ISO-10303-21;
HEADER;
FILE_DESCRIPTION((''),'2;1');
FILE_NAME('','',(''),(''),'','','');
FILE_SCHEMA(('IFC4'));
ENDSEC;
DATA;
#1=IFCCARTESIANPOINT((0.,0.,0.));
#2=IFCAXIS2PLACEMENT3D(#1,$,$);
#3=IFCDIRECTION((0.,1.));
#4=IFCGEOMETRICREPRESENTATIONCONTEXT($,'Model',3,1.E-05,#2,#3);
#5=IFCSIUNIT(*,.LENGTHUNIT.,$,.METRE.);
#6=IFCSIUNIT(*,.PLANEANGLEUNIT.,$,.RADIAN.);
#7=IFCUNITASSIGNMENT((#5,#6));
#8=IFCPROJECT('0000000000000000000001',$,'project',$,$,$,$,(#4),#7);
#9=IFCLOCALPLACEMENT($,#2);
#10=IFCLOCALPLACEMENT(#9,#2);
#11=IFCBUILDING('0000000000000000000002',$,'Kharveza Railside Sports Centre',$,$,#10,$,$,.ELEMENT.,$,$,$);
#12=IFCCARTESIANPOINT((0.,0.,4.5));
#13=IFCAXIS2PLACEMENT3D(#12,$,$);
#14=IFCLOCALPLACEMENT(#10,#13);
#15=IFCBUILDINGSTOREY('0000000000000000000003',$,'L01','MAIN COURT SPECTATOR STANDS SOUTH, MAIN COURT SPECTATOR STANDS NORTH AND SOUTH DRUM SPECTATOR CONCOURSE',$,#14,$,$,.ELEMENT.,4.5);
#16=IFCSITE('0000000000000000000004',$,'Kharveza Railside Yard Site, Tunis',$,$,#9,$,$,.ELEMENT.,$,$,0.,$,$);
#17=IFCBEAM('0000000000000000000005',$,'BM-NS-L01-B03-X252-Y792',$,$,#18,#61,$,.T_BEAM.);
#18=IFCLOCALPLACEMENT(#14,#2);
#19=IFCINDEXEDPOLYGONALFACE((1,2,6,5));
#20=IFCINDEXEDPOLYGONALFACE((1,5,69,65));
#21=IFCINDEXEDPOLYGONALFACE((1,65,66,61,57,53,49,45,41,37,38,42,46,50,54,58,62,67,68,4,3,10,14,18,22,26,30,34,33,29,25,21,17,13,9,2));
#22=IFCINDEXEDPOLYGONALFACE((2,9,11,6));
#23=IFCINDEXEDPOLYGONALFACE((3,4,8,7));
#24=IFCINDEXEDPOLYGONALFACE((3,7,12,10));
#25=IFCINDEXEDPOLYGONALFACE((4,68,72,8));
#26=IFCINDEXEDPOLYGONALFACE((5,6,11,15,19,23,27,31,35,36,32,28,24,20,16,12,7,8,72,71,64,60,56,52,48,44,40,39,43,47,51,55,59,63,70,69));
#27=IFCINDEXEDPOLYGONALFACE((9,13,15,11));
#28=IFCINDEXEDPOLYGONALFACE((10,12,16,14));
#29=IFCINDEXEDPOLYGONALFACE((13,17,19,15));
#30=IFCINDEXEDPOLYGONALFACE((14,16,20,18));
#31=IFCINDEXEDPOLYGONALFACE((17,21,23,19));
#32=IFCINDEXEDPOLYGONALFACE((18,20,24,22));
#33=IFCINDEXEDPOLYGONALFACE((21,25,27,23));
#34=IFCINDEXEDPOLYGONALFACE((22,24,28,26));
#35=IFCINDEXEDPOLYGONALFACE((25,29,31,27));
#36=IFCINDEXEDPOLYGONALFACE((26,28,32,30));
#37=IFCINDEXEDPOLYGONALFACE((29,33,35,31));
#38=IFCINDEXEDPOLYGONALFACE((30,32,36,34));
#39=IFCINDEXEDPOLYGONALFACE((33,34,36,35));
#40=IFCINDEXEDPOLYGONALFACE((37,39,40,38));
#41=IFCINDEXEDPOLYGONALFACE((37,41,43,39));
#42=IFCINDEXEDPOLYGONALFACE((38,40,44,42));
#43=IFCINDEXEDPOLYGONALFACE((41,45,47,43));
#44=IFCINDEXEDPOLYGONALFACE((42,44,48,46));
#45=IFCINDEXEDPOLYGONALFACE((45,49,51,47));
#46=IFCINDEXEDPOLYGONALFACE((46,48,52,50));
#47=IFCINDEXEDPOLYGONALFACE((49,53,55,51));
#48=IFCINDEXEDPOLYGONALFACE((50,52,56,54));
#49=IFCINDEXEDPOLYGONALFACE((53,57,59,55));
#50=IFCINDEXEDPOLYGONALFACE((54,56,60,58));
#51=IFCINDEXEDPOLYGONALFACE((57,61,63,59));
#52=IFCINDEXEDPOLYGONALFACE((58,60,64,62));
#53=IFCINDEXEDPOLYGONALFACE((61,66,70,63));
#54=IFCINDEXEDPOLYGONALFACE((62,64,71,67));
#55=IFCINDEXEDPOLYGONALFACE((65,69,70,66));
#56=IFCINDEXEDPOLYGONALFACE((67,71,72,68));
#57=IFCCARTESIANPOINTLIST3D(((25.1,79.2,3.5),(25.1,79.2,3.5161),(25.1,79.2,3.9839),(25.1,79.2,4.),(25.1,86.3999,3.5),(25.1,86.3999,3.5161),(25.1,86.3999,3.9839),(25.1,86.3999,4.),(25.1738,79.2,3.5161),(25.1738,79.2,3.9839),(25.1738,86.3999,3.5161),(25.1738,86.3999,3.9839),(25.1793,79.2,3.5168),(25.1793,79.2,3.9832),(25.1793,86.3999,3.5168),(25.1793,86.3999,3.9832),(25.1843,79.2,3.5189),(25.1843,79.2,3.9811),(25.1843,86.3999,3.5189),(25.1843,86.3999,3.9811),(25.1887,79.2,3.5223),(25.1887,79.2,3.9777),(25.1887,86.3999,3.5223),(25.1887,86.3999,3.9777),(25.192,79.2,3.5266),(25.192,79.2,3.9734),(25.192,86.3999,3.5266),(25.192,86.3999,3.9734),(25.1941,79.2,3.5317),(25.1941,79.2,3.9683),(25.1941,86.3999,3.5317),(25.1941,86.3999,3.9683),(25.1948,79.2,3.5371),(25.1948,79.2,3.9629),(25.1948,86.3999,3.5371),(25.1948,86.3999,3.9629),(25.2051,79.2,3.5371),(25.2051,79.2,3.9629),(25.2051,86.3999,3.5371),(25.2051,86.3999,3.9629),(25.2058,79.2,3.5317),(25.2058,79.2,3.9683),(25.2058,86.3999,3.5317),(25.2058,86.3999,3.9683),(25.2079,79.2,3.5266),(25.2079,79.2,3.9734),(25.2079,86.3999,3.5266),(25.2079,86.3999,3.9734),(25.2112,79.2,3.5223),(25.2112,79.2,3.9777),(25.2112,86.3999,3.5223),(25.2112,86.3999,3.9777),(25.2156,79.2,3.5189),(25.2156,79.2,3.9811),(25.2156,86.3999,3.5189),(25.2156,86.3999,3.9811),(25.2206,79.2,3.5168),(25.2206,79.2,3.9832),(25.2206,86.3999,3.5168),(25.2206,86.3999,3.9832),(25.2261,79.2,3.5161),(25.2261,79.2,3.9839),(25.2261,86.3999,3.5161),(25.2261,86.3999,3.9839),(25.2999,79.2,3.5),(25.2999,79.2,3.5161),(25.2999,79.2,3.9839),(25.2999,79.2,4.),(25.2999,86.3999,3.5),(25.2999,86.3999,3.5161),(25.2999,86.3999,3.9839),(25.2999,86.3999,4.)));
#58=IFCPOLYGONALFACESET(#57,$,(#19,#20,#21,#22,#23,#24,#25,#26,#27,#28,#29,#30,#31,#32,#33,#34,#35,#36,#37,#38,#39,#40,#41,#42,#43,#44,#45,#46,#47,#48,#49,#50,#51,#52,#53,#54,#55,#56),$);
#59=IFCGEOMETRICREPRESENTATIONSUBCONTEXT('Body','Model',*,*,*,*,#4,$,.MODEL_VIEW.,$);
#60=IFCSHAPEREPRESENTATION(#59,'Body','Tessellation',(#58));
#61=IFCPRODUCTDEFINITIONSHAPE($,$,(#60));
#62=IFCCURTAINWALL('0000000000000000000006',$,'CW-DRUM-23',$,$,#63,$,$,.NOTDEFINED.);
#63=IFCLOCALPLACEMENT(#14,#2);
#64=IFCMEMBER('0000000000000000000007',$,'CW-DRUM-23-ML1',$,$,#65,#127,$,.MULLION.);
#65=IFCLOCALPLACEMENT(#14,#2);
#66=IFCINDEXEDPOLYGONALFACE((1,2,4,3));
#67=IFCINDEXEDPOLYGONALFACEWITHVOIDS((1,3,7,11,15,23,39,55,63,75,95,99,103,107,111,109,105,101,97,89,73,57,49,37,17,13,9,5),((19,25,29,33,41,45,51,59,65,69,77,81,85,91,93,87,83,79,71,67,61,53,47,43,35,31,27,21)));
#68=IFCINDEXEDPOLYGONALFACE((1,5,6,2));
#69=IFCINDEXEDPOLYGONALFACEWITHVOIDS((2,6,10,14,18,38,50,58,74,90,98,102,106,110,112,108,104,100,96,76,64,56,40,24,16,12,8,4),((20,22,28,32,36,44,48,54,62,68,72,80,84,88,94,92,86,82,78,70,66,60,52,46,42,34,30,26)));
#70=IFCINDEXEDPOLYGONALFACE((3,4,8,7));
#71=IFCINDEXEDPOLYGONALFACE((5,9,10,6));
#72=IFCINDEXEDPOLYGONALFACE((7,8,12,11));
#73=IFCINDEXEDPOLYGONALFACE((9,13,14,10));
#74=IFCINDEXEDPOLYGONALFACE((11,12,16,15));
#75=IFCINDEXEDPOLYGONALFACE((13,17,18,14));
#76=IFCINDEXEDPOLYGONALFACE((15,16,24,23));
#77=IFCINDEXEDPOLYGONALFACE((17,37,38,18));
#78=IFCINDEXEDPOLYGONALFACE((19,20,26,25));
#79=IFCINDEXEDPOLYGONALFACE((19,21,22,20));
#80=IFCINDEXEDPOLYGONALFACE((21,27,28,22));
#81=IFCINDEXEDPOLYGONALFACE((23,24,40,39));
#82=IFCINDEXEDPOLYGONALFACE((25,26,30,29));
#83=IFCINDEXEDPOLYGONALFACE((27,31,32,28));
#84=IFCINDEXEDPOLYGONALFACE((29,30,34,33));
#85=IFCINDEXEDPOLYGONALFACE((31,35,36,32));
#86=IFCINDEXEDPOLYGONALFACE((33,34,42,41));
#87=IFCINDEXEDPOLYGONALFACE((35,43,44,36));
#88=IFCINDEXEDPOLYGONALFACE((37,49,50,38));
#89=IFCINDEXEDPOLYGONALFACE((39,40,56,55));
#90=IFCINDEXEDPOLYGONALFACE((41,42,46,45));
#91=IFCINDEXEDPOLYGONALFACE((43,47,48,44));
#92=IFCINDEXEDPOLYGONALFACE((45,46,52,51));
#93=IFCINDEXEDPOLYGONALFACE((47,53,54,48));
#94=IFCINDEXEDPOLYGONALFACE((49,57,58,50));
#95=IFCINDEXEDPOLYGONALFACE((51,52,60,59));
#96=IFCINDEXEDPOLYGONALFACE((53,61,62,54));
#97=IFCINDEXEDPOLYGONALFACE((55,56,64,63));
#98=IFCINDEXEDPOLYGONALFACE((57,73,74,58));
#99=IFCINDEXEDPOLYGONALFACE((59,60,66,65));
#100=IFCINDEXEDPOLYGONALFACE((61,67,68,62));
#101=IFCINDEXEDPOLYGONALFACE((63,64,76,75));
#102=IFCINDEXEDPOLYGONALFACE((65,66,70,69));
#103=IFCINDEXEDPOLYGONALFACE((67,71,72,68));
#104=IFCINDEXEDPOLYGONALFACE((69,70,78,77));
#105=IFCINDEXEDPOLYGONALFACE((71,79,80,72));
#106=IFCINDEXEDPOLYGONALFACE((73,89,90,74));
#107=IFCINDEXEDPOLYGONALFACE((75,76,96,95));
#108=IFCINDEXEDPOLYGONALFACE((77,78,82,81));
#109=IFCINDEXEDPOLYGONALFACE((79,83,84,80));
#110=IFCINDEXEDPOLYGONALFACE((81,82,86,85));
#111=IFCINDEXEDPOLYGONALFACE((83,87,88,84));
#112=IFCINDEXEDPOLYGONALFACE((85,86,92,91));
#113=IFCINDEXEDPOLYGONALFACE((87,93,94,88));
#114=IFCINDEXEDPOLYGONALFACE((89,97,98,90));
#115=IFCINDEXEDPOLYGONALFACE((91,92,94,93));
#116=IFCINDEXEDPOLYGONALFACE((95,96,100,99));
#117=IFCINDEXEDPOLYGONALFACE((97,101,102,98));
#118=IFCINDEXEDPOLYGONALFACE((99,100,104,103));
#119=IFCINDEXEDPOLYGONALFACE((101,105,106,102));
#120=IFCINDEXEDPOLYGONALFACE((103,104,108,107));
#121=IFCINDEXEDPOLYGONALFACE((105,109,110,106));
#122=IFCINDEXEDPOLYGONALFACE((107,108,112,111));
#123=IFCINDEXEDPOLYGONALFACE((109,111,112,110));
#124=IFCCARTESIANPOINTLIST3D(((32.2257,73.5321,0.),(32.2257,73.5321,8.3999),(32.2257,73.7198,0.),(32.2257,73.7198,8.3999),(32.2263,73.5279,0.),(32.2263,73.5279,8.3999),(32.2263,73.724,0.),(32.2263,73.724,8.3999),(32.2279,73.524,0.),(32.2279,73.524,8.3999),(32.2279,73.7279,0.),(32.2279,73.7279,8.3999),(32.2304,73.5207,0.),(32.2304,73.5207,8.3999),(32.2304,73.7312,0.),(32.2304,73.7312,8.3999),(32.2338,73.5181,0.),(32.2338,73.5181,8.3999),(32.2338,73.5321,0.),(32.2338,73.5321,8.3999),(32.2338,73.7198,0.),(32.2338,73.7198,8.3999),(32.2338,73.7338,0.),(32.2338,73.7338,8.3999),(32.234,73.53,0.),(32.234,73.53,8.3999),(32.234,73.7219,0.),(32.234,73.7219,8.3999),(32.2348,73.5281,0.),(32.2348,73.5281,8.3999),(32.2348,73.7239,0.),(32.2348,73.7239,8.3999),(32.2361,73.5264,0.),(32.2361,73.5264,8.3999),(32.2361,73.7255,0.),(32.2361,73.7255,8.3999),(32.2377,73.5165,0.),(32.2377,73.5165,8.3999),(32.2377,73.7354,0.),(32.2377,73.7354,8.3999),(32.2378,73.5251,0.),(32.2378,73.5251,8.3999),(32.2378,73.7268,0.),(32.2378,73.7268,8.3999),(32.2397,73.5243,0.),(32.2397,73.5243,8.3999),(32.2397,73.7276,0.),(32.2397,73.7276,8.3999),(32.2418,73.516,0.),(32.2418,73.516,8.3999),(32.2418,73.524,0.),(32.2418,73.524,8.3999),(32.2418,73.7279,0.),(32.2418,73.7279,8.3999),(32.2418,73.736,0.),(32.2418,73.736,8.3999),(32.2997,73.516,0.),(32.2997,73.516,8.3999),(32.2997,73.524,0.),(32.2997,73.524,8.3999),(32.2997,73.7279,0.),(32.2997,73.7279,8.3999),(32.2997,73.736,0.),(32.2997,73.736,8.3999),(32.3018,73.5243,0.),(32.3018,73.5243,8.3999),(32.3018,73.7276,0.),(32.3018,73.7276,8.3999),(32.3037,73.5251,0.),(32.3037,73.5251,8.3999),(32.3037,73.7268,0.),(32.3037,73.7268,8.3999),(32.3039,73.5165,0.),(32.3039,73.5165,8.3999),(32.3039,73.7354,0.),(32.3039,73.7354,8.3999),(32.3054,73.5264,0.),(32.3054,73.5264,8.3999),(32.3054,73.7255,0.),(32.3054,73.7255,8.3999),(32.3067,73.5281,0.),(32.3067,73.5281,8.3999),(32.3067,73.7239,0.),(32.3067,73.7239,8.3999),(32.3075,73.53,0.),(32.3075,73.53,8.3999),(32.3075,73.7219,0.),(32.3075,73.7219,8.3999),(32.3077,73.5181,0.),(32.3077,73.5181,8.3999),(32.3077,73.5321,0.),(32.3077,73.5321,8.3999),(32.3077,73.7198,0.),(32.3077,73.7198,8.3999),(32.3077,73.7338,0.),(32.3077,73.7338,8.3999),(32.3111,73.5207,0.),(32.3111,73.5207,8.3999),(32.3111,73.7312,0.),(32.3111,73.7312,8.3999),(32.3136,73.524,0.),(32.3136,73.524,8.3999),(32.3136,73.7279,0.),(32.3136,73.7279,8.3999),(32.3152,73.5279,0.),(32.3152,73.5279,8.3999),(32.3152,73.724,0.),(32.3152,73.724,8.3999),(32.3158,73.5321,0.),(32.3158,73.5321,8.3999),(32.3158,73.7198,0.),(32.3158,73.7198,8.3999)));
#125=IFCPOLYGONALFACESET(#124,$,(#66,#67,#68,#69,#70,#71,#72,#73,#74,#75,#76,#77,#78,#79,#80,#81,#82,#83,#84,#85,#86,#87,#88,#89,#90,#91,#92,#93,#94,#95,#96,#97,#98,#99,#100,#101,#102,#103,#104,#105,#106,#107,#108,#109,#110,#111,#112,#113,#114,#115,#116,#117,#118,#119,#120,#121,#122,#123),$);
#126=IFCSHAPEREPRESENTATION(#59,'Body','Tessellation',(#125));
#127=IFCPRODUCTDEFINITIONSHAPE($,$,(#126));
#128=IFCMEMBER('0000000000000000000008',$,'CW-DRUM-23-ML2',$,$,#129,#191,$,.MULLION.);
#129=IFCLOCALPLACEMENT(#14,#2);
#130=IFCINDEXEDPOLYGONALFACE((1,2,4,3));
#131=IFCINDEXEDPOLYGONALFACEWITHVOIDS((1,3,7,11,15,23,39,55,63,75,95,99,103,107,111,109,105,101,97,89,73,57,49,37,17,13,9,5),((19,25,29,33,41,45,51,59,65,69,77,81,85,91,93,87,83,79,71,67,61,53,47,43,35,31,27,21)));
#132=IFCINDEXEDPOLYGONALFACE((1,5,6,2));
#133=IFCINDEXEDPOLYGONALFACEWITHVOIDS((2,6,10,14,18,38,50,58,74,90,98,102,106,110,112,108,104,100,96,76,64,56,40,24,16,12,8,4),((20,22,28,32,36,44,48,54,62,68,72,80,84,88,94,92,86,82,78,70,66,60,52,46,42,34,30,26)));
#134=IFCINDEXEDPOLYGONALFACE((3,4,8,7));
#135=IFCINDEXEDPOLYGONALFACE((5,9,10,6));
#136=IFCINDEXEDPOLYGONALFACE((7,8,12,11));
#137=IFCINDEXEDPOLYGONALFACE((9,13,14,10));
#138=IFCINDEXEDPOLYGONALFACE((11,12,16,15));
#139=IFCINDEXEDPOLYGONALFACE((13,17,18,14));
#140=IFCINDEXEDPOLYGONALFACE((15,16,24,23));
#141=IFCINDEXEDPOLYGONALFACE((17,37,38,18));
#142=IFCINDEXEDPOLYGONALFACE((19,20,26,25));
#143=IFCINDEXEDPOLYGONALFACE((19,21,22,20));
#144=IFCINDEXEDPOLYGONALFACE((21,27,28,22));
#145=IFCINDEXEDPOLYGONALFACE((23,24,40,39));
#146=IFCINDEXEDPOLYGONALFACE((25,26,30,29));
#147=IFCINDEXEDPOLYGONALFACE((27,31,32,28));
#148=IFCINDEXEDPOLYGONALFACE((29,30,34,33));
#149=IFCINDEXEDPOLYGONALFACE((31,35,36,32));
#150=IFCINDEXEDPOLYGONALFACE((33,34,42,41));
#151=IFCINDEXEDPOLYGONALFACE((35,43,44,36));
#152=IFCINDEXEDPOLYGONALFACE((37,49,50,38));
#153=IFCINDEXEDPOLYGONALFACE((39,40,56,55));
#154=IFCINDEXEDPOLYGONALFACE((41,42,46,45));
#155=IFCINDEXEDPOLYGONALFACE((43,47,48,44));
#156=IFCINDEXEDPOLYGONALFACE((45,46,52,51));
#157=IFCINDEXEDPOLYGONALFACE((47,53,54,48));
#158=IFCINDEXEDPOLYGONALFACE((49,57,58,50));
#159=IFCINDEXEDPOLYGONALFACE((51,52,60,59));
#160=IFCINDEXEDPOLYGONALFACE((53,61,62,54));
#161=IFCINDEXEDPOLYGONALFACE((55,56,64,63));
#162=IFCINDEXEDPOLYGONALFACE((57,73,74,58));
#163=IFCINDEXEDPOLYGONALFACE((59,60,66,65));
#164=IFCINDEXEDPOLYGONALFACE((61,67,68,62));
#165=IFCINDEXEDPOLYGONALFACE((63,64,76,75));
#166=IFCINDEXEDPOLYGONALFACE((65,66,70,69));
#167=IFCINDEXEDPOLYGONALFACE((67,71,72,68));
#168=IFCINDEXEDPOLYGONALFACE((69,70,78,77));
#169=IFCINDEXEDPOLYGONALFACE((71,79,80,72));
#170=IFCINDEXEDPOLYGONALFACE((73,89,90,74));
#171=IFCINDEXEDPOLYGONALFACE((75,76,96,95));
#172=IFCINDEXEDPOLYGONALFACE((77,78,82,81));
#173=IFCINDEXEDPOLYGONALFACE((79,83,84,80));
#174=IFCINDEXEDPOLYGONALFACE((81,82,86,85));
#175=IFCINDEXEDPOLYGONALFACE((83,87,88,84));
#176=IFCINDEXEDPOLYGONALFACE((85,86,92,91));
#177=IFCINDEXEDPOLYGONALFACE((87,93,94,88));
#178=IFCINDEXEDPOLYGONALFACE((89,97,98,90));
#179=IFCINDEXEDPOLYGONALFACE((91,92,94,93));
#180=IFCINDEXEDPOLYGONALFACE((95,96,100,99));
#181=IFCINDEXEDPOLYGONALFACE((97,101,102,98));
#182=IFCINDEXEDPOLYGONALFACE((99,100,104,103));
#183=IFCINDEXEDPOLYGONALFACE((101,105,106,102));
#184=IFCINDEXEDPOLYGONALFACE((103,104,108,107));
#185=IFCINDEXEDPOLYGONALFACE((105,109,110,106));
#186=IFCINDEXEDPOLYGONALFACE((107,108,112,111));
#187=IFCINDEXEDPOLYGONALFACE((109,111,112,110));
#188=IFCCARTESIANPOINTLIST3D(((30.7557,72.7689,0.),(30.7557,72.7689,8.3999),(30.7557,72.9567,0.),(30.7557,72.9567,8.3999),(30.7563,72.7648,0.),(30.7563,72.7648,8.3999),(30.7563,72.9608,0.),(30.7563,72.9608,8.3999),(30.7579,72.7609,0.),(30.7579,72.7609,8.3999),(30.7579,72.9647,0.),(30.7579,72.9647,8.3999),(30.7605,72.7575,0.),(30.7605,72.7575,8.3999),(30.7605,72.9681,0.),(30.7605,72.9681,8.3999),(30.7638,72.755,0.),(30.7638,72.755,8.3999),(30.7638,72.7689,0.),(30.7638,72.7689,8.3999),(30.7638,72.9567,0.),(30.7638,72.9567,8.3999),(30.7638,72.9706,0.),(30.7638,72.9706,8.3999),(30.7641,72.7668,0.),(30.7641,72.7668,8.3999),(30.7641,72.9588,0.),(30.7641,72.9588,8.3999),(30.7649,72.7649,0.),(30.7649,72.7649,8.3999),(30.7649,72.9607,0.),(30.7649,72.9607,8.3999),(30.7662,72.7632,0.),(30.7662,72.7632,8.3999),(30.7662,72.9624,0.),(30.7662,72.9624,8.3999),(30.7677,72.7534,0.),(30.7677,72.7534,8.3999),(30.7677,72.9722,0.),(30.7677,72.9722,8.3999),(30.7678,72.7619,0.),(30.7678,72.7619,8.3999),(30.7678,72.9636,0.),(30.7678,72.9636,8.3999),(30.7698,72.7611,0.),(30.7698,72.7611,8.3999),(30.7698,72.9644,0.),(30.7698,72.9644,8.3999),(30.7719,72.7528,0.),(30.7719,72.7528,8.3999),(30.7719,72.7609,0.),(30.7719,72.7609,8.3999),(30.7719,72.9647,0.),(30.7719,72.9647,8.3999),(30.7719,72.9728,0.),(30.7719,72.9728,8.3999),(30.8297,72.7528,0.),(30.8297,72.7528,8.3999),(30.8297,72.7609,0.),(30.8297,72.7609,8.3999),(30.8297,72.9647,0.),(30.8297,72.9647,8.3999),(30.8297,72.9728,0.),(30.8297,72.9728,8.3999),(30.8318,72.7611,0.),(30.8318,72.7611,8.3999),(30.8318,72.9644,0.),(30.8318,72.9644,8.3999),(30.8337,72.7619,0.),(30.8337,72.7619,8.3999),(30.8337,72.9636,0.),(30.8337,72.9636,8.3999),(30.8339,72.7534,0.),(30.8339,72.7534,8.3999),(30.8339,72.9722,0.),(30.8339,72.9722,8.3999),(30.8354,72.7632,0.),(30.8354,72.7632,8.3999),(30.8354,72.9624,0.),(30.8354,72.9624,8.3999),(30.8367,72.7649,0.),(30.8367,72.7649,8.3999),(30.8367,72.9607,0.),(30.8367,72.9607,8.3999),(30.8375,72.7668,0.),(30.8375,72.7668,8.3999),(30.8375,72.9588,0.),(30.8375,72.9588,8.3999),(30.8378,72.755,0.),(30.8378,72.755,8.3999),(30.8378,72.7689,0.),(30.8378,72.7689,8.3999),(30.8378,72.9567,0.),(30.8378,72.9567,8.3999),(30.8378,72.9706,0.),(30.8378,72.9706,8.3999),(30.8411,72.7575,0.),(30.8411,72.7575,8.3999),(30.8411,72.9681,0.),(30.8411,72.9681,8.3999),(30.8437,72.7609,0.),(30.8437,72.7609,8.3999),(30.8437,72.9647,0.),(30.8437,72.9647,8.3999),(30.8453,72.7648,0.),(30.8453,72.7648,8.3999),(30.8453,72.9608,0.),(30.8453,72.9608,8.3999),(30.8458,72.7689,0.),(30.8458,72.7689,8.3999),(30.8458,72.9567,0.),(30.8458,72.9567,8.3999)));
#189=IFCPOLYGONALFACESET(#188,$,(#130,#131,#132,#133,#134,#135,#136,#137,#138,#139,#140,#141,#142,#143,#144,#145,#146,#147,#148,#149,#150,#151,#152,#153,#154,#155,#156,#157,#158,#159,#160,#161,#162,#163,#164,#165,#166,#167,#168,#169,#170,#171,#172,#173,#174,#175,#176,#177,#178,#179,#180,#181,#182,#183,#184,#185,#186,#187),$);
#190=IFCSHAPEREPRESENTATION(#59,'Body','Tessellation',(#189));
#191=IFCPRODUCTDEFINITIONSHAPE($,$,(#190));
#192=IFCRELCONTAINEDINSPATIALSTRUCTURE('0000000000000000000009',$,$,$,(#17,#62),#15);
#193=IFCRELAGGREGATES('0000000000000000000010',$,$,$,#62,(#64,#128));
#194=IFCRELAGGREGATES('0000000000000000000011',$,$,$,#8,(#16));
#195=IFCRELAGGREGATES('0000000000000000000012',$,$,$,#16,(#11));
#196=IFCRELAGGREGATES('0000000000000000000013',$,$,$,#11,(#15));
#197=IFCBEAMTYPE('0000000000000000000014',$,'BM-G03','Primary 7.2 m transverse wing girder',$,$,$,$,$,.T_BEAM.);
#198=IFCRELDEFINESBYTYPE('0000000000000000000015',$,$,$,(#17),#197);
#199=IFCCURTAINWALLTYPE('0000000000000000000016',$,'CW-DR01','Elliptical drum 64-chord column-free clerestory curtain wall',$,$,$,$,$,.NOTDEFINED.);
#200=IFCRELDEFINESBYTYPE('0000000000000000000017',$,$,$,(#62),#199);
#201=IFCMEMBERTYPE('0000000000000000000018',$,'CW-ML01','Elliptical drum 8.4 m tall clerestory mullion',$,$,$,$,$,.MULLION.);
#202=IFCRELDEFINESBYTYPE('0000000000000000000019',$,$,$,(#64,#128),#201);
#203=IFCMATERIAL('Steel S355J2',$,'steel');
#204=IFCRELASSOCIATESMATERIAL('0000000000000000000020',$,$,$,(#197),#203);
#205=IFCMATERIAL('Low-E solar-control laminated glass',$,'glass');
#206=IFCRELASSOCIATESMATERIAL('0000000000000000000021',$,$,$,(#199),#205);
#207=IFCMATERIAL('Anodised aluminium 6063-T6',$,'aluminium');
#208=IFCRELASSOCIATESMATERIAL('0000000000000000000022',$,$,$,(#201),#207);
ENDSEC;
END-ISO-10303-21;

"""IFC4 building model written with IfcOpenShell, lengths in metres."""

from ifc_helpers import new_model, si_unit, direction, frame, origin, origin_2d, place, context, subcontext, project, spatial, hollow_rectangle, i_section, extrude, material, material_profile, profile_set, type_object, element, aggregate, save


model = new_model("IFC4")

# Units and contexts
model_context = context("Model", 3, precision=1e-05, world=origin(), true_north=direction((0.0, 1.0)))
body_context = subcontext(model_context, "Body", "Model", "MODEL_VIEW")
ifc_project = project(units=[si_unit("LENGTHUNIT", "METRE"), si_unit("PLANEANGLEUNIT", "RADIAN")], contexts=[model_context])

# Site, building, storey
site_placement = place(None, origin())
site = spatial("IfcSite", under=ifc_project, at=site_placement, Name="Kharveza Railside Yard Site, Tunis", CompositionType="ELEMENT", RefElevation=0.0)
building_placement = place(site_placement, origin())
building = spatial("IfcBuilding", under=site, at=building_placement, Name="Kharveza Railside Sports Centre", CompositionType="ELEMENT")
storey_placement = place(building_placement, frame((0.0, 0.0, 4.5)))
storey = spatial("IfcBuildingStorey", under=building, at=storey_placement, Name="L01", Description="MAIN COURT SPECTATOR STANDS SOUTH, MAIN COURT SPECTATOR STANDS NORTH AND SOUTH DRUM SPECTATOR CONCOURSE", CompositionType="ELEMENT", Elevation=4.5)

# Shared definitions
ifc_material_1 = material(Name="Steel S355J2", Category="steel")

# Beam
ifc_material_profile_1 = material_profile(ifc_material_1, i_section(OverallWidth=0.2, OverallDepth=0.5, WebThickness=0.0103, FlangeThickness=0.0161, FilletRadius=0.021, at=origin_2d()), Name="IPE 500")
ifc_profile_set_1 = profile_set([ifc_material_profile_1], Name="Steel S355J2")
beam_type = type_object("IfcBeamType", Name="BM-G03", Description="Primary 7.2 m transverse wing girder", PredefinedType="T_BEAM", material=ifc_profile_set_1)
for number, where, z_axis, x_axis, name in (
    (1, (25.2, 79.2, 3.75), (0.0, 1.0, 0.0), (-1.0, 0.0, 0.0), "BM-NS-L01-B03-X252-Y792"),
):
    element("IfcBeam", number, at=place(storey_placement, frame(where, z_axis=z_axis, x_axis=x_axis)), inside=storey, type_object=beam_type, Name=name, PredefinedType="T_BEAM", context=body_context, shape_type="SweptSolid", body=[
        extrude(i_section(OverallWidth=0.2, OverallDepth=0.5, WebThickness=0.0103, FlangeThickness=0.0161, FilletRadius=0.021, at=origin_2d()), origin(), (0.0, 0.0, 1.0), 7.2),
    ])

# Curtain wall, members
ifc_material_2 = material(Name="Low-E solar-control laminated glass", Category="glass")
curtain_wall_type = type_object("IfcCurtainWallType", Name="CW-DR01", Description="Elliptical drum 64-chord column-free clerestory curtain wall", PredefinedType="NOTDEFINED", material=ifc_material_2)
curtain_wall_1_placement = place(storey_placement, origin())
curtain_wall_1 = element("IfcCurtainWall", 2, at=curtain_wall_1_placement, inside=storey, type_object=curtain_wall_type, Name="CW-DRUM-23", PredefinedType="NOTDEFINED")
ifc_material_3 = material(Name="Anodised aluminium 6063-T6", Category="aluminium")
ifc_material_profile_2 = material_profile(ifc_material_3, hollow_rectangle(XDim=0.0901, YDim=0.22, WallThickness=0.0081, InnerFilletRadius=0.0081, OuterFilletRadius=0.0161, at=origin_2d()), Name="RHS 90x220x8.0")
ifc_profile_set_2 = profile_set([ifc_material_profile_2], Name="Anodised aluminium 6063-T6")
member_type_1 = type_object("IfcMemberType", Name="CW-ML01", Description="Elliptical drum 8.4 m tall clerestory mullion", PredefinedType="MULLION", material=ifc_profile_set_2)
member_1_placement = place(storey_placement, frame((32.2708, 73.626, 0.0), z_axis=(0.0, 0.0, 1.0), x_axis=(1.0, 0.0, 0.0)))
member_1 = element("IfcMember", 3, at=member_1_placement, type_object=member_type_1, Name="CW-DRUM-23-ML1", PredefinedType="MULLION", context=body_context, shape_type="SweptSolid", body=[
    extrude(hollow_rectangle(XDim=0.0901, YDim=0.22, WallThickness=0.0081, InnerFilletRadius=0.0081, OuterFilletRadius=0.0161, at=origin_2d()), origin(), (0.0, 0.0, 1.0), 8.3999),
])
member_2_placement = place(storey_placement, frame((30.8008, 72.8628, 0.0), z_axis=(0.0, 0.0, 1.0), x_axis=(1.0, 0.0, 0.0)))
member_2 = element("IfcMember", 4, at=member_2_placement, type_object=member_type_1, Name="CW-DRUM-23-ML2", PredefinedType="MULLION", context=body_context, shape_type="SweptSolid", body=[
    extrude(hollow_rectangle(XDim=0.0901, YDim=0.22, WallThickness=0.0081, InnerFilletRadius=0.0081, OuterFilletRadius=0.0161, at=origin_2d()), origin(), (0.0, 0.0, 1.0), 8.3999),
])

aggregate(curtain_wall_1, [member_1, member_2])

save(model, "model.ifc")
